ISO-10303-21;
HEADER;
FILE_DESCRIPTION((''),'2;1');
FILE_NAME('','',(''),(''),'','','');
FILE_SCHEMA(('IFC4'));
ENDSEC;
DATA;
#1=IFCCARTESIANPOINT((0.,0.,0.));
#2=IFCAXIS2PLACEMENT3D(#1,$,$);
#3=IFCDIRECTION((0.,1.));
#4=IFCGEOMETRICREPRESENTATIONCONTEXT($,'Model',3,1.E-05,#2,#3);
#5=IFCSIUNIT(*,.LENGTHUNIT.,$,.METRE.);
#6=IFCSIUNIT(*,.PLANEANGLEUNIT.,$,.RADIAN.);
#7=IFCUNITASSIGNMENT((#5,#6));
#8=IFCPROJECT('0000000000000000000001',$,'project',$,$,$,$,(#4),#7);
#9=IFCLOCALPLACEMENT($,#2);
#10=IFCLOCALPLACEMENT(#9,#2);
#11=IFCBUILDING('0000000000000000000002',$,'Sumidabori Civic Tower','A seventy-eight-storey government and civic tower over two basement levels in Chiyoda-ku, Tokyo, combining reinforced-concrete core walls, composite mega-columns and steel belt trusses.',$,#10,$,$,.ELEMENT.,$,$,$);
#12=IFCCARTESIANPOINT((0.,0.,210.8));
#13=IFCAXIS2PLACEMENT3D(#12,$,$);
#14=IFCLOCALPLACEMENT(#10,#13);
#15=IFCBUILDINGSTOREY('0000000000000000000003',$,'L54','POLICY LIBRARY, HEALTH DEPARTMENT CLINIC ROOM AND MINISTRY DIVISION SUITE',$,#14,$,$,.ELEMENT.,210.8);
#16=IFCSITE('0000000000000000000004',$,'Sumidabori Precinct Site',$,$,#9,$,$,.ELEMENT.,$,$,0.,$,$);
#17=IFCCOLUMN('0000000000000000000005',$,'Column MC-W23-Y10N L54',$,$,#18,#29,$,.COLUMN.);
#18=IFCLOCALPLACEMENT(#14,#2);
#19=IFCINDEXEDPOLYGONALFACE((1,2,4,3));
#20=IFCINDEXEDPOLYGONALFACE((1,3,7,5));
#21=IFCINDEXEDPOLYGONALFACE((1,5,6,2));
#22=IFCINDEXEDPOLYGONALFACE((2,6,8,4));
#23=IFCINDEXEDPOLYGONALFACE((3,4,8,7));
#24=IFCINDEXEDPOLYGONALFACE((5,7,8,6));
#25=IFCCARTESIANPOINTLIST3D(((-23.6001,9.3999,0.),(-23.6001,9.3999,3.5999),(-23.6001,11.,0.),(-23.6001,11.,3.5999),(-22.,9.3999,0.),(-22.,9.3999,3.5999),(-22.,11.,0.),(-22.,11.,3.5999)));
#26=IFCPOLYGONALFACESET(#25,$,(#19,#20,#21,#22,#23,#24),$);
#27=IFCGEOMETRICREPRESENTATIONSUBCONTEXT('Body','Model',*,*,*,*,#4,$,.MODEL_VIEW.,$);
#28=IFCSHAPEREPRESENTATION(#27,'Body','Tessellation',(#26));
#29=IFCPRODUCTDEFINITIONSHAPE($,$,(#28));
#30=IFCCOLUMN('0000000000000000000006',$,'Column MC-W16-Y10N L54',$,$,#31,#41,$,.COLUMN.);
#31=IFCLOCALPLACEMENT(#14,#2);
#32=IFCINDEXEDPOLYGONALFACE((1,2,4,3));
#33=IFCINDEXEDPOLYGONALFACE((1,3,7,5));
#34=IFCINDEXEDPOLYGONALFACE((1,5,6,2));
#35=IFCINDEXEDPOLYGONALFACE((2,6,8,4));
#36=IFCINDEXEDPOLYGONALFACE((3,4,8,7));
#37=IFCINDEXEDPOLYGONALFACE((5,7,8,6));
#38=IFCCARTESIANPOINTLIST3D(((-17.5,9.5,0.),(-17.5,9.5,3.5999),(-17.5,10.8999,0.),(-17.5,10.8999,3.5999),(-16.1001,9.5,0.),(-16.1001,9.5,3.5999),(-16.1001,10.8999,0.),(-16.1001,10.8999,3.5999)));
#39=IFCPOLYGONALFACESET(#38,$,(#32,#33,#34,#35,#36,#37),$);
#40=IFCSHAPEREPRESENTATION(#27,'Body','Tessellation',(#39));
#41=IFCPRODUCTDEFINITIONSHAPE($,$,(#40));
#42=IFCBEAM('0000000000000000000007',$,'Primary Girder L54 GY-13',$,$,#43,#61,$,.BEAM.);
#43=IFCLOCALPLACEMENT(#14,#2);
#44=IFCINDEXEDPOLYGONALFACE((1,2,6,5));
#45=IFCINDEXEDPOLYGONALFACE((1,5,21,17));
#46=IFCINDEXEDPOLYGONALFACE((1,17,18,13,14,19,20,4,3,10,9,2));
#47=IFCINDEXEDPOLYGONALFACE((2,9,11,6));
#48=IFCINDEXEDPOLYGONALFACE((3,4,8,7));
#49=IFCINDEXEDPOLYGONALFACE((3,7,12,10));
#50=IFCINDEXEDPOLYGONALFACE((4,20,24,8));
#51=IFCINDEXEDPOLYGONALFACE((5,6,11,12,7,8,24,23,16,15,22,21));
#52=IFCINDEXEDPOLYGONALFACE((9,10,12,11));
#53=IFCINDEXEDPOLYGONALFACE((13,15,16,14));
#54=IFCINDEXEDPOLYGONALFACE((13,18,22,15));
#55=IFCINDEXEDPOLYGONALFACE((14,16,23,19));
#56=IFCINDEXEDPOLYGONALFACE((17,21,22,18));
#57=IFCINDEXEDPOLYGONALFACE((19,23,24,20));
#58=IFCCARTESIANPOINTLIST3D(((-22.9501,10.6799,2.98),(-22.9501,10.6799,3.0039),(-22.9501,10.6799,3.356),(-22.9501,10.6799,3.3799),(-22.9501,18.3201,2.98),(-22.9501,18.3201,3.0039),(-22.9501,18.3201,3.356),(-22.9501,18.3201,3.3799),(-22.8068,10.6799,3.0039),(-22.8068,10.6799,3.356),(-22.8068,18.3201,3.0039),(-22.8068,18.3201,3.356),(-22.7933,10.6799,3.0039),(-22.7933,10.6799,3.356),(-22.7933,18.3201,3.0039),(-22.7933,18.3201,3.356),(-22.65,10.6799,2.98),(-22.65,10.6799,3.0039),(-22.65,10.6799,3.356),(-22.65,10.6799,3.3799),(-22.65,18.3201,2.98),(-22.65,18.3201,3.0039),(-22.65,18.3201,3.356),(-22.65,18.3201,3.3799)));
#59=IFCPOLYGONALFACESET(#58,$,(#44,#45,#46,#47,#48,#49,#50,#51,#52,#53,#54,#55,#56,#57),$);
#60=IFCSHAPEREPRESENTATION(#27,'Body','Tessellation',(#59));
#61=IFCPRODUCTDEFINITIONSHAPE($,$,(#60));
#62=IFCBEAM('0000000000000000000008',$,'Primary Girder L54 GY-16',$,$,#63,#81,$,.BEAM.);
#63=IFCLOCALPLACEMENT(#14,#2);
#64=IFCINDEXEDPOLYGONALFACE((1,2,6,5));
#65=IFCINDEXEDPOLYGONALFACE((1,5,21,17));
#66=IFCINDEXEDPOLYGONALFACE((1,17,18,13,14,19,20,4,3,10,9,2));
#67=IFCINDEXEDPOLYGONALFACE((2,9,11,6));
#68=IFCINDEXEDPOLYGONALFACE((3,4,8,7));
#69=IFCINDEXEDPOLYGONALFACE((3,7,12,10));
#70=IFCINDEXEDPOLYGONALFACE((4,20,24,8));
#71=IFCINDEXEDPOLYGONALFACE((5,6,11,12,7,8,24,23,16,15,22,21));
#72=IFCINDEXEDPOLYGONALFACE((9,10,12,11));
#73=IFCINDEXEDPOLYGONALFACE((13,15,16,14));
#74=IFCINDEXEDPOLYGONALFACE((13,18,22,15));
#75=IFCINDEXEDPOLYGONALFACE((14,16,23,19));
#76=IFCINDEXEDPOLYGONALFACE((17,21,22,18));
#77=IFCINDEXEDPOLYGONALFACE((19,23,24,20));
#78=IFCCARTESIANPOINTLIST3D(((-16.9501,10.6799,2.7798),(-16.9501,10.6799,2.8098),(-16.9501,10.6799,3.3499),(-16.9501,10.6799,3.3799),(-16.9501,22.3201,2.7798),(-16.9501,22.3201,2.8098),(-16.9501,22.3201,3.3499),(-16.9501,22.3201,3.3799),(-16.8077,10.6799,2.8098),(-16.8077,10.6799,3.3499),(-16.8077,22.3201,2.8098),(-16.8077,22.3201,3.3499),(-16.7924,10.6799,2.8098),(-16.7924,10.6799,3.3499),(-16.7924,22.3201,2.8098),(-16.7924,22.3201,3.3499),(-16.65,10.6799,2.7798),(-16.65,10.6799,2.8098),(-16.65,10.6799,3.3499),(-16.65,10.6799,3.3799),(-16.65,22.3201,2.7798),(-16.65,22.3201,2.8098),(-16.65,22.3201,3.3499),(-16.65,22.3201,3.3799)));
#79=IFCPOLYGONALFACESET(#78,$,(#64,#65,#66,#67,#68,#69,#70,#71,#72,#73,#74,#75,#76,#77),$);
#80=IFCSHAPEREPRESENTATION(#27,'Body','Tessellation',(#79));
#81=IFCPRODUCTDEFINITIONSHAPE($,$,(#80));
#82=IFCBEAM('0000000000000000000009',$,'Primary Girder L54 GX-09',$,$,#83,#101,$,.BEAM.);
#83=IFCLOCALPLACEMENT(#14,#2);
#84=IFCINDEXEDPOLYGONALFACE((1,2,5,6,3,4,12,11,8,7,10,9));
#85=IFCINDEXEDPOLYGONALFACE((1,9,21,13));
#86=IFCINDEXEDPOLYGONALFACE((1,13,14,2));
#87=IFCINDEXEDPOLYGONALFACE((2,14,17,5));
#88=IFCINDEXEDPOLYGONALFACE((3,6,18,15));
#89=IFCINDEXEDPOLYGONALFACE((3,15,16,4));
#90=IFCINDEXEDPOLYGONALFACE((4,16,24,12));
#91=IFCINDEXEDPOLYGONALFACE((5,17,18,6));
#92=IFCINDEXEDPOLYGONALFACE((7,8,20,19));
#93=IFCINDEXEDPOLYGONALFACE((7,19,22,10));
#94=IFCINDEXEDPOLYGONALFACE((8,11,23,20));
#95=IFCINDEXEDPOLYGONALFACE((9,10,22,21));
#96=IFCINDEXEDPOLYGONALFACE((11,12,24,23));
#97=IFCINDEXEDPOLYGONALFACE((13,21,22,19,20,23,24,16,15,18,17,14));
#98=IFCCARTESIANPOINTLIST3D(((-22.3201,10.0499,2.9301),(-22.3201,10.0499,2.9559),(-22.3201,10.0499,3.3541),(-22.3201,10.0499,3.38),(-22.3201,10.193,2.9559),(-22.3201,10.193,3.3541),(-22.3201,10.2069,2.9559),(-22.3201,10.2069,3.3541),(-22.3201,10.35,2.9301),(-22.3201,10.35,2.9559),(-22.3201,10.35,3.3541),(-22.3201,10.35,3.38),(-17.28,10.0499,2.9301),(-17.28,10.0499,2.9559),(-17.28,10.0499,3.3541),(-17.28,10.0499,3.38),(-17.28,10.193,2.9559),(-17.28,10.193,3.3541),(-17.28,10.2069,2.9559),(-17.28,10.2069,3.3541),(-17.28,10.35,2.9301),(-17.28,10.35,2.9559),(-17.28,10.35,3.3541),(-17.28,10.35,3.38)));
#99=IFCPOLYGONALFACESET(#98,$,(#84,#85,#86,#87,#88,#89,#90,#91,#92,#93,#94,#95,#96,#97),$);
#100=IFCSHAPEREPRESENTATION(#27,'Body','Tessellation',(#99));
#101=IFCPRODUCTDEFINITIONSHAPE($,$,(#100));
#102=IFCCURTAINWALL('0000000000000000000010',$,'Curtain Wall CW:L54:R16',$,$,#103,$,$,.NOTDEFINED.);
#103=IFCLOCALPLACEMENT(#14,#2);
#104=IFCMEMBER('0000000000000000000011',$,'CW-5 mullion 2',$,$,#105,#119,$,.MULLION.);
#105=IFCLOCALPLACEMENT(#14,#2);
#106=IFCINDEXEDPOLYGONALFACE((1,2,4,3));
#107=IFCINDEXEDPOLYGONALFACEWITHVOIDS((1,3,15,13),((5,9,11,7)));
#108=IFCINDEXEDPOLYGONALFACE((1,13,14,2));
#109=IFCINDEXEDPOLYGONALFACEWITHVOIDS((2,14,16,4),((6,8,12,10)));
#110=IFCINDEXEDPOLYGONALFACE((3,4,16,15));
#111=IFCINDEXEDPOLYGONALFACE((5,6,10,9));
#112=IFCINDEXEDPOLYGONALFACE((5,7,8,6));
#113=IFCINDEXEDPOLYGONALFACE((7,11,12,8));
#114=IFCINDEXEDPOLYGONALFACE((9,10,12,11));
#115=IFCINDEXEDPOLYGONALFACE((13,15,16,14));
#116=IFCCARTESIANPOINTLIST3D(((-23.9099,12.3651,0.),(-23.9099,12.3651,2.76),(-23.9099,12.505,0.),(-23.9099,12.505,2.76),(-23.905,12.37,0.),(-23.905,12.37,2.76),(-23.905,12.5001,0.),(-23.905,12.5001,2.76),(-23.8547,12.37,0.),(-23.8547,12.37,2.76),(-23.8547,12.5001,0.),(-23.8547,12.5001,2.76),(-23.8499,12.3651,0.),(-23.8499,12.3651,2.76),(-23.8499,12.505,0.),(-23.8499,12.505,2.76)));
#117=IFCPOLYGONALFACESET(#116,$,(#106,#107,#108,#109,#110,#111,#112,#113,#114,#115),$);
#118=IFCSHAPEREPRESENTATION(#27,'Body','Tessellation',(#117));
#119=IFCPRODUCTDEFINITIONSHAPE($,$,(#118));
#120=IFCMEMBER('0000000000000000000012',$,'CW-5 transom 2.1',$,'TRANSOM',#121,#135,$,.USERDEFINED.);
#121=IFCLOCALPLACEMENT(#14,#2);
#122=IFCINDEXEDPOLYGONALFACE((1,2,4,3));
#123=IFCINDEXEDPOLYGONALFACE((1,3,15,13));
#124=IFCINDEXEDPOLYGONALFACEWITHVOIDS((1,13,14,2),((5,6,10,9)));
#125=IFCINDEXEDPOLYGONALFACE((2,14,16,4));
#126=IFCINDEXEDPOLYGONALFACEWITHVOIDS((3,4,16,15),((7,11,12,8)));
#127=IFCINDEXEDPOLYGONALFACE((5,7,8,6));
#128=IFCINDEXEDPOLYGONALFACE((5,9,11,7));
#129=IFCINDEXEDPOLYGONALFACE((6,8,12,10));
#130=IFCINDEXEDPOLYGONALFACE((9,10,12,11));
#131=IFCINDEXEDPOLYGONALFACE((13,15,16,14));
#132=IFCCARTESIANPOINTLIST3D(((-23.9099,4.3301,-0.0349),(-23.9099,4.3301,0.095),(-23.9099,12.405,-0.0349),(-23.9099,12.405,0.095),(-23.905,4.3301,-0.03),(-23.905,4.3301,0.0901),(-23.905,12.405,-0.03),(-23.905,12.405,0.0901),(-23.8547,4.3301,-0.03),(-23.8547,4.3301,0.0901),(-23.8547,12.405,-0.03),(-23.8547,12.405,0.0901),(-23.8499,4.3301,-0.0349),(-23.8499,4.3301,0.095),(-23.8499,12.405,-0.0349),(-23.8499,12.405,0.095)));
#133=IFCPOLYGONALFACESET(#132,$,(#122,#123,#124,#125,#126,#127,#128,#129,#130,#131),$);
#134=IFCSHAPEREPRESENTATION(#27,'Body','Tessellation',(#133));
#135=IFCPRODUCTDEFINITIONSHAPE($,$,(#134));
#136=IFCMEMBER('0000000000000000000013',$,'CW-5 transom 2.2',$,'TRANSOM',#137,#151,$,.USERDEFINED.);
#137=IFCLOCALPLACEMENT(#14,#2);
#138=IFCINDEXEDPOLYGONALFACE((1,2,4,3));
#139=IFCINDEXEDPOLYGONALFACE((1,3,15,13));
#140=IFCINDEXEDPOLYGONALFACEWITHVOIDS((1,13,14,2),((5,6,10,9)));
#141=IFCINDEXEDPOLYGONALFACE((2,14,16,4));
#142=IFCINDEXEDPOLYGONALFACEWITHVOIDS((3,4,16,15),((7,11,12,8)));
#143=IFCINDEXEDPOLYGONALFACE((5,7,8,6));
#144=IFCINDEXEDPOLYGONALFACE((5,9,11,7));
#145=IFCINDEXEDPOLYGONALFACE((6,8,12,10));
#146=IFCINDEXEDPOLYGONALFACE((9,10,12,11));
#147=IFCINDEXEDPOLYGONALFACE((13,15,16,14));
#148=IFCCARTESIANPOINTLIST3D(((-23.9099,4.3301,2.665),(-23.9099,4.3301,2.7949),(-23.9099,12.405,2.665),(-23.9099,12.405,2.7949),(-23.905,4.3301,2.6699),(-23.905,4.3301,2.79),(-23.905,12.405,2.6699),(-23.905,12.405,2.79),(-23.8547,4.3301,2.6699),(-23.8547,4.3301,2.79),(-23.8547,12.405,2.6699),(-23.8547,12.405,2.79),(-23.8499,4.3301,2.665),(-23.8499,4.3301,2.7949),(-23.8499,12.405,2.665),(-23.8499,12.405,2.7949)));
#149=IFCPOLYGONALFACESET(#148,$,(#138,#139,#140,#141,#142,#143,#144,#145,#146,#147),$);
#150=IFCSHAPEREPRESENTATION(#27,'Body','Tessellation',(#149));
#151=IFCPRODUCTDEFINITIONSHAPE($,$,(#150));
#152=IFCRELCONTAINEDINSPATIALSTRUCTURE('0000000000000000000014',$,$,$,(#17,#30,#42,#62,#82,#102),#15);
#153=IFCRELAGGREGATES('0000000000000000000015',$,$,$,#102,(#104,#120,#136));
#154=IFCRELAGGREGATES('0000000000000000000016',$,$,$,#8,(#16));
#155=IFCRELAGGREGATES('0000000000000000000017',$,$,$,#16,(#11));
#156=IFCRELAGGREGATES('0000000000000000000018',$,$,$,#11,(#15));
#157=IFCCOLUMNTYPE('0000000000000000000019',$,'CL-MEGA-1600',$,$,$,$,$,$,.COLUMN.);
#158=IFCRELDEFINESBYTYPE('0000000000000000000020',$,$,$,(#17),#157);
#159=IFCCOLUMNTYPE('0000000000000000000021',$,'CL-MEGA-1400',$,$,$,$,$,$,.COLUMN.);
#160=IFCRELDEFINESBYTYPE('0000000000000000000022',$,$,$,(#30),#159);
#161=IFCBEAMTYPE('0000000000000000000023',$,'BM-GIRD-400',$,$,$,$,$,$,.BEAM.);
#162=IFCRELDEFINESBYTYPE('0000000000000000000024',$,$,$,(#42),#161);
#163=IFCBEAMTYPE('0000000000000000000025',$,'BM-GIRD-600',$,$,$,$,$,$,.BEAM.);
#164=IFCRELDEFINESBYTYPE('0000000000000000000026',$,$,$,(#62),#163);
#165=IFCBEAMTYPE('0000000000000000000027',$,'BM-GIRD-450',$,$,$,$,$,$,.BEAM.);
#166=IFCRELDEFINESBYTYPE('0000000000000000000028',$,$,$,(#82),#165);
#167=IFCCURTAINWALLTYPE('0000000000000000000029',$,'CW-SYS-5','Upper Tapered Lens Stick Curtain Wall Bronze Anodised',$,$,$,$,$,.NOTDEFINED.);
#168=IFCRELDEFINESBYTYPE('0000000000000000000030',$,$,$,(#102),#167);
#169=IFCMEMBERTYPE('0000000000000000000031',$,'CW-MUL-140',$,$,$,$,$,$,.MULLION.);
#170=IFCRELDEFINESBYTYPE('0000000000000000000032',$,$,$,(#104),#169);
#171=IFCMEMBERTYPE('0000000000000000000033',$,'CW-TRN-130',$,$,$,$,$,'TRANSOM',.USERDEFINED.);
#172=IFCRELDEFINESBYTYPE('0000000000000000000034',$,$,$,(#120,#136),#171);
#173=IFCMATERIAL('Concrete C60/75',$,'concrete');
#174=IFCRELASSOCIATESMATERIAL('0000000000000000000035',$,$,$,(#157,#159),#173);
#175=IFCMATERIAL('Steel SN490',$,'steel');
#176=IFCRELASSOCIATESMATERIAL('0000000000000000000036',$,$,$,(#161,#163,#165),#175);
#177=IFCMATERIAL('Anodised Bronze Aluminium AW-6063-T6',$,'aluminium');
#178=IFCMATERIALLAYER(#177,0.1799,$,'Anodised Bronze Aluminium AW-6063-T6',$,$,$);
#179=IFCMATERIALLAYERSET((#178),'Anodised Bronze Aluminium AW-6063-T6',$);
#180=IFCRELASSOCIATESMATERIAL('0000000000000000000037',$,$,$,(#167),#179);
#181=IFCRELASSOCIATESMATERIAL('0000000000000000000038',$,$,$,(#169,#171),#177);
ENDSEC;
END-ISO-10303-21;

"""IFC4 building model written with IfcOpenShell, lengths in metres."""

from ifc_helpers import new_model, si_unit, direction, frame, origin, origin_2d, place, context, subcontext, project, spatial, rectangle, hollow_rectangle, i_section, extrude, source, transform, mapped, material, layer, layer_set, material_profile, profile_set, type_object, element, aggregate, save


model = new_model("IFC4")

# Units and contexts
model_context = context("Model", 3, precision=1e-05, world=origin(), true_north=direction((0.0, 1.0)))
body_context = subcontext(model_context, "Body", "Model", "MODEL_VIEW")
ifc_project = project(units=[si_unit("LENGTHUNIT", "METRE"), si_unit("PLANEANGLEUNIT", "RADIAN")], contexts=[model_context])

# Site, building, storey
site_placement = place(None, origin())
site = spatial("IfcSite", under=ifc_project, at=site_placement, Name="Sumidabori Precinct Site", CompositionType="ELEMENT", RefElevation=0.0)
building_placement = place(site_placement, origin())
building = spatial("IfcBuilding", under=site, at=building_placement, Name="Sumidabori Civic Tower", Description="A seventy-eight-storey government and civic tower over two basement levels in Chiyoda-ku, Tokyo, combining reinforced-concrete core walls, composite mega-columns and steel belt trusses.", CompositionType="ELEMENT")
storey_placement = place(building_placement, frame((0.0, 0.0, 210.8)))
storey = spatial("IfcBuildingStorey", under=building, at=storey_placement, Name="L54", Description="POLICY LIBRARY, HEALTH DEPARTMENT CLINIC ROOM AND MINISTRY DIVISION SUITE", CompositionType="ELEMENT", Elevation=210.8)

# Columns
ifc_material_1 = material(Name="Concrete C60/75", Category="concrete")
ifc_material_profile_1 = material_profile(ifc_material_1, rectangle(XDim=1.6001, YDim=1.6001, at=origin_2d()), Name="RC 1600x1600")
ifc_profile_set_1 = profile_set([ifc_material_profile_1], Name="Concrete C60/75")
column_type_1 = type_object("IfcColumnType", Name="CL-MEGA-1600", PredefinedType="COLUMN", material=ifc_profile_set_1)
shared_shape_1 = source(origin(), body_context, "Body", "SweptSolid", [
    extrude(rectangle(XDim=1.6001, YDim=1.6001, at=origin_2d()), origin(), (0.0, 0.0, 1.0), 3.5999),
])
column_1_placement = place(storey_placement, frame((-22.8, 10.2, 0.0), z_axis=(0.0, 0.0, 1.0), x_axis=(1.0, 0.0, 0.0)))
element("IfcColumn", 1, at=column_1_placement, inside=storey, type_object=column_type_1, Name="Column MC-W23-Y10N L54", PredefinedType="COLUMN", context=body_context, shape_type="MappedRepresentation", body=[
    mapped(shared_shape_1, transform((0.0, 0.0, 0.0), x_axis=(1.0, 0.0, 0.0), y_axis=(0.0, 1.0, 0.0), z_axis=(0.0, 0.0, 1.0), scale=1.0)),
])
ifc_material_profile_2 = material_profile(ifc_material_1, rectangle(XDim=1.3999, YDim=1.3999, at=origin_2d()), Name="RC 1400x1400")
ifc_profile_set_2 = profile_set([ifc_material_profile_2], Name="Concrete C60/75")
column_type_2 = type_object("IfcColumnType", Name="CL-MEGA-1400", PredefinedType="COLUMN", material=ifc_profile_set_2)
shared_shape_2 = source(origin(), body_context, "Body", "SweptSolid", [
    extrude(rectangle(XDim=1.3999, YDim=1.3999, at=origin_2d()), origin(), (0.0, 0.0, 1.0), 3.5999),
])
column_2_placement = place(storey_placement, frame((-16.8, 10.2, 0.0), z_axis=(0.0, 0.0, 1.0), x_axis=(1.0, 0.0, 0.0)))
element("IfcColumn", 2, at=column_2_placement, inside=storey, type_object=column_type_2, Name="Column MC-W16-Y10N L54", PredefinedType="COLUMN", context=body_context, shape_type="MappedRepresentation", body=[
    mapped(shared_shape_2, transform((0.0, 0.0, 0.0), x_axis=(1.0, 0.0, 0.0), y_axis=(0.0, 1.0, 0.0), z_axis=(0.0, 0.0, 1.0), scale=1.0)),
])

# Beams
ifc_material_2 = material(Name="Steel SN490", Category="steel")
ifc_material_profile_3 = material_profile(ifc_material_2, i_section(OverallWidth=0.3, OverallDepth=0.3999, WebThickness=0.0134, FlangeThickness=0.0239, at=origin_2d()), Name="HE 400 B")
ifc_profile_set_3 = profile_set([ifc_material_profile_3], Name="Steel SN490")
beam_type_1 = type_object("IfcBeamType", Name="BM-GIRD-400", PredefinedType="BEAM", material=ifc_profile_set_3)
shared_shape_3 = source(origin(), body_context, "Body", "SweptSolid", [
    extrude(i_section(OverallWidth=0.3, OverallDepth=0.3999, WebThickness=0.0134, FlangeThickness=0.0239, at=origin_2d()), origin(), (0.0, 0.0, 1.0), 7.6401),
])
beam_1_placement = place(storey_placement, frame((-22.8, 10.6799, 3.1799), z_axis=(0.0, 1.0, 0.0), x_axis=(-1.0, 0.0, 0.0)))
element("IfcBeam", 3, at=beam_1_placement, inside=storey, type_object=beam_type_1, Name="Primary Girder L54 GY-13", PredefinedType="BEAM", context=body_context, shape_type="MappedRepresentation", body=[
    mapped(shared_shape_3, transform((0.0, 0.0, 0.0), x_axis=(1.0, 0.0, 0.0), y_axis=(0.0, 1.0, 0.0), z_axis=(0.0, 0.0, 1.0), scale=1.0)),
])
ifc_material_profile_4 = material_profile(ifc_material_2, i_section(OverallWidth=0.3, OverallDepth=0.6001, WebThickness=0.0154, FlangeThickness=0.03, at=origin_2d()), Name="HE 600 B")
ifc_profile_set_4 = profile_set([ifc_material_profile_4], Name="Steel SN490")
beam_type_2 = type_object("IfcBeamType", Name="BM-GIRD-600", PredefinedType="BEAM", material=ifc_profile_set_4)
shared_shape_4 = source(origin(), body_context, "Body", "SweptSolid", [
    extrude(i_section(OverallWidth=0.3, OverallDepth=0.6001, WebThickness=0.0154, FlangeThickness=0.03, at=origin_2d()), origin(), (0.0, 0.0, 1.0), 11.6401),
])
beam_2_placement = place(storey_placement, frame((-16.8, 10.6799, 3.0798), z_axis=(0.0, 1.0, 0.0), x_axis=(-1.0, 0.0, 0.0)))
element("IfcBeam", 4, at=beam_2_placement, inside=storey, type_object=beam_type_2, Name="Primary Girder L54 GY-16", PredefinedType="BEAM", context=body_context, shape_type="MappedRepresentation", body=[
    mapped(shared_shape_4, transform((0.0, 0.0, 0.0), x_axis=(1.0, 0.0, 0.0), y_axis=(0.0, 1.0, 0.0), z_axis=(0.0, 0.0, 1.0), scale=1.0)),
])
ifc_material_profile_5 = material_profile(ifc_material_2, i_section(OverallWidth=0.3, OverallDepth=0.45, WebThickness=0.0139, FlangeThickness=0.0259, at=origin_2d()), Name="HE 450 B")
ifc_profile_set_5 = profile_set([ifc_material_profile_5], Name="Steel SN490")
beam_type_3 = type_object("IfcBeamType", Name="BM-GIRD-450", PredefinedType="BEAM", material=ifc_profile_set_5)
shared_shape_5 = source(origin(), body_context, "Body", "SweptSolid", [
    extrude(i_section(OverallWidth=0.3, OverallDepth=0.45, WebThickness=0.0139, FlangeThickness=0.0259, at=origin_2d()), origin(), (0.0, 0.0, 1.0), 5.04),
])
beam_3_placement = place(storey_placement, frame((-22.3201, 10.2, 3.155), z_axis=(1.0, 0.0, 0.0), x_axis=(0.0, 1.0, 0.0)))
element("IfcBeam", 5, at=beam_3_placement, inside=storey, type_object=beam_type_3, Name="Primary Girder L54 GX-09", PredefinedType="BEAM", context=body_context, shape_type="MappedRepresentation", body=[
    mapped(shared_shape_5, transform((0.0, 0.0, 0.0), x_axis=(1.0, 0.0, 0.0), y_axis=(0.0, 1.0, 0.0), z_axis=(0.0, 0.0, 1.0), scale=1.0)),
])

# Curtain wall, members
ifc_material_3 = material(Name="Anodised Bronze Aluminium AW-6063-T6", Category="aluminium")
ifc_layer_1 = layer(ifc_material_3, 0.1799, Name="Anodised Bronze Aluminium AW-6063-T6")
ifc_layer_set_1 = layer_set([ifc_layer_1], Name="Anodised Bronze Aluminium AW-6063-T6")
curtain_wall_type = type_object("IfcCurtainWallType", Name="CW-SYS-5", Description="Upper Tapered Lens Stick Curtain Wall Bronze Anodised", PredefinedType="NOTDEFINED", material=ifc_layer_set_1)
curtain_wall_placement = place(storey_placement, origin())
curtain_wall = element("IfcCurtainWall", 6, at=curtain_wall_placement, inside=storey, type_object=curtain_wall_type, Name="Curtain Wall CW:L54:R16", PredefinedType="NOTDEFINED")
ifc_material_profile_6 = material_profile(ifc_material_3, hollow_rectangle(XDim=0.0601, YDim=0.1399, WallThickness=0.0049, at=origin_2d()), Name="ALU MULLION 140x60")
ifc_profile_set_6 = profile_set([ifc_material_profile_6], Name="Anodised Bronze Aluminium AW-6063-T6")
member_type_1 = type_object("IfcMemberType", Name="CW-MUL-140", PredefinedType="MULLION", material=ifc_profile_set_6)
shared_shape_6 = source(origin(), body_context, "Body", "SweptSolid", [
    extrude(hollow_rectangle(XDim=0.0601, YDim=0.1399, WallThickness=0.0049, at=origin_2d()), origin(), (0.0, 0.0, 1.0), 2.76),
])
member_1_placement = place(storey_placement, frame((-23.8799, 12.4351, 0.0), z_axis=(0.0, 0.0, 1.0), x_axis=(1.0, 0.0, 0.0)))
member_1 = element("IfcMember", 7, at=member_1_placement, type_object=member_type_1, Name="CW-5 mullion 2", PredefinedType="MULLION", context=body_context, shape_type="MappedRepresentation", body=[
    mapped(shared_shape_6, transform((0.0, 0.0, 0.0), x_axis=(1.0, 0.0, 0.0), y_axis=(0.0, 1.0, 0.0), z_axis=(0.0, 0.0, 1.0), scale=1.0)),
])
ifc_material_profile_7 = material_profile(ifc_material_3, hollow_rectangle(XDim=0.0601, YDim=0.1299, WallThickness=0.0049, at=origin_2d()), Name="ALU TRANSOM 130x60")
ifc_profile_set_7 = profile_set([ifc_material_profile_7], Name="Anodised Bronze Aluminium AW-6063-T6")
member_type_2 = type_object("IfcMemberType", Name="CW-TRN-130", ElementType="TRANSOM", PredefinedType="USERDEFINED", material=ifc_profile_set_7)
shared_shape_7 = source(origin(), body_context, "Body", "SweptSolid", [
    extrude(hollow_rectangle(XDim=0.0601, YDim=0.1299, WallThickness=0.0049, at=origin_2d()), origin(), (0.0, 0.0, 1.0), 8.075),
])
member_2_placement = place(storey_placement, frame((-23.8799, 12.405, 0.03), z_axis=(0.0, -1.0, 0.0), x_axis=(1.0, 0.0, 0.0)))
member_2 = element("IfcMember", 8, at=member_2_placement, type_object=member_type_2, Name="CW-5 transom 2.1", ObjectType="TRANSOM", PredefinedType="USERDEFINED", context=body_context, shape_type="MappedRepresentation", body=[
    mapped(shared_shape_7, transform((0.0, 0.0, 0.0), x_axis=(1.0, 0.0, 0.0), y_axis=(0.0, 1.0, 0.0), z_axis=(0.0, 0.0, 1.0), scale=1.0)),
])
member_3_placement = place(storey_placement, frame((-23.8799, 12.405, 2.73), z_axis=(0.0, -1.0, 0.0), x_axis=(1.0, 0.0, 0.0)))
member_3 = element("IfcMember", 9, at=member_3_placement, type_object=member_type_2, Name="CW-5 transom 2.2", ObjectType="TRANSOM", PredefinedType="USERDEFINED", context=body_context, shape_type="MappedRepresentation", body=[
    mapped(shared_shape_7, transform((0.0, 0.0, 0.0), x_axis=(1.0, 0.0, 0.0), y_axis=(0.0, 1.0, 0.0), z_axis=(0.0, 0.0, 1.0), scale=1.0)),
])
aggregate(curtain_wall, [member_1, member_2, member_3])

save(model, "model.ifc")
